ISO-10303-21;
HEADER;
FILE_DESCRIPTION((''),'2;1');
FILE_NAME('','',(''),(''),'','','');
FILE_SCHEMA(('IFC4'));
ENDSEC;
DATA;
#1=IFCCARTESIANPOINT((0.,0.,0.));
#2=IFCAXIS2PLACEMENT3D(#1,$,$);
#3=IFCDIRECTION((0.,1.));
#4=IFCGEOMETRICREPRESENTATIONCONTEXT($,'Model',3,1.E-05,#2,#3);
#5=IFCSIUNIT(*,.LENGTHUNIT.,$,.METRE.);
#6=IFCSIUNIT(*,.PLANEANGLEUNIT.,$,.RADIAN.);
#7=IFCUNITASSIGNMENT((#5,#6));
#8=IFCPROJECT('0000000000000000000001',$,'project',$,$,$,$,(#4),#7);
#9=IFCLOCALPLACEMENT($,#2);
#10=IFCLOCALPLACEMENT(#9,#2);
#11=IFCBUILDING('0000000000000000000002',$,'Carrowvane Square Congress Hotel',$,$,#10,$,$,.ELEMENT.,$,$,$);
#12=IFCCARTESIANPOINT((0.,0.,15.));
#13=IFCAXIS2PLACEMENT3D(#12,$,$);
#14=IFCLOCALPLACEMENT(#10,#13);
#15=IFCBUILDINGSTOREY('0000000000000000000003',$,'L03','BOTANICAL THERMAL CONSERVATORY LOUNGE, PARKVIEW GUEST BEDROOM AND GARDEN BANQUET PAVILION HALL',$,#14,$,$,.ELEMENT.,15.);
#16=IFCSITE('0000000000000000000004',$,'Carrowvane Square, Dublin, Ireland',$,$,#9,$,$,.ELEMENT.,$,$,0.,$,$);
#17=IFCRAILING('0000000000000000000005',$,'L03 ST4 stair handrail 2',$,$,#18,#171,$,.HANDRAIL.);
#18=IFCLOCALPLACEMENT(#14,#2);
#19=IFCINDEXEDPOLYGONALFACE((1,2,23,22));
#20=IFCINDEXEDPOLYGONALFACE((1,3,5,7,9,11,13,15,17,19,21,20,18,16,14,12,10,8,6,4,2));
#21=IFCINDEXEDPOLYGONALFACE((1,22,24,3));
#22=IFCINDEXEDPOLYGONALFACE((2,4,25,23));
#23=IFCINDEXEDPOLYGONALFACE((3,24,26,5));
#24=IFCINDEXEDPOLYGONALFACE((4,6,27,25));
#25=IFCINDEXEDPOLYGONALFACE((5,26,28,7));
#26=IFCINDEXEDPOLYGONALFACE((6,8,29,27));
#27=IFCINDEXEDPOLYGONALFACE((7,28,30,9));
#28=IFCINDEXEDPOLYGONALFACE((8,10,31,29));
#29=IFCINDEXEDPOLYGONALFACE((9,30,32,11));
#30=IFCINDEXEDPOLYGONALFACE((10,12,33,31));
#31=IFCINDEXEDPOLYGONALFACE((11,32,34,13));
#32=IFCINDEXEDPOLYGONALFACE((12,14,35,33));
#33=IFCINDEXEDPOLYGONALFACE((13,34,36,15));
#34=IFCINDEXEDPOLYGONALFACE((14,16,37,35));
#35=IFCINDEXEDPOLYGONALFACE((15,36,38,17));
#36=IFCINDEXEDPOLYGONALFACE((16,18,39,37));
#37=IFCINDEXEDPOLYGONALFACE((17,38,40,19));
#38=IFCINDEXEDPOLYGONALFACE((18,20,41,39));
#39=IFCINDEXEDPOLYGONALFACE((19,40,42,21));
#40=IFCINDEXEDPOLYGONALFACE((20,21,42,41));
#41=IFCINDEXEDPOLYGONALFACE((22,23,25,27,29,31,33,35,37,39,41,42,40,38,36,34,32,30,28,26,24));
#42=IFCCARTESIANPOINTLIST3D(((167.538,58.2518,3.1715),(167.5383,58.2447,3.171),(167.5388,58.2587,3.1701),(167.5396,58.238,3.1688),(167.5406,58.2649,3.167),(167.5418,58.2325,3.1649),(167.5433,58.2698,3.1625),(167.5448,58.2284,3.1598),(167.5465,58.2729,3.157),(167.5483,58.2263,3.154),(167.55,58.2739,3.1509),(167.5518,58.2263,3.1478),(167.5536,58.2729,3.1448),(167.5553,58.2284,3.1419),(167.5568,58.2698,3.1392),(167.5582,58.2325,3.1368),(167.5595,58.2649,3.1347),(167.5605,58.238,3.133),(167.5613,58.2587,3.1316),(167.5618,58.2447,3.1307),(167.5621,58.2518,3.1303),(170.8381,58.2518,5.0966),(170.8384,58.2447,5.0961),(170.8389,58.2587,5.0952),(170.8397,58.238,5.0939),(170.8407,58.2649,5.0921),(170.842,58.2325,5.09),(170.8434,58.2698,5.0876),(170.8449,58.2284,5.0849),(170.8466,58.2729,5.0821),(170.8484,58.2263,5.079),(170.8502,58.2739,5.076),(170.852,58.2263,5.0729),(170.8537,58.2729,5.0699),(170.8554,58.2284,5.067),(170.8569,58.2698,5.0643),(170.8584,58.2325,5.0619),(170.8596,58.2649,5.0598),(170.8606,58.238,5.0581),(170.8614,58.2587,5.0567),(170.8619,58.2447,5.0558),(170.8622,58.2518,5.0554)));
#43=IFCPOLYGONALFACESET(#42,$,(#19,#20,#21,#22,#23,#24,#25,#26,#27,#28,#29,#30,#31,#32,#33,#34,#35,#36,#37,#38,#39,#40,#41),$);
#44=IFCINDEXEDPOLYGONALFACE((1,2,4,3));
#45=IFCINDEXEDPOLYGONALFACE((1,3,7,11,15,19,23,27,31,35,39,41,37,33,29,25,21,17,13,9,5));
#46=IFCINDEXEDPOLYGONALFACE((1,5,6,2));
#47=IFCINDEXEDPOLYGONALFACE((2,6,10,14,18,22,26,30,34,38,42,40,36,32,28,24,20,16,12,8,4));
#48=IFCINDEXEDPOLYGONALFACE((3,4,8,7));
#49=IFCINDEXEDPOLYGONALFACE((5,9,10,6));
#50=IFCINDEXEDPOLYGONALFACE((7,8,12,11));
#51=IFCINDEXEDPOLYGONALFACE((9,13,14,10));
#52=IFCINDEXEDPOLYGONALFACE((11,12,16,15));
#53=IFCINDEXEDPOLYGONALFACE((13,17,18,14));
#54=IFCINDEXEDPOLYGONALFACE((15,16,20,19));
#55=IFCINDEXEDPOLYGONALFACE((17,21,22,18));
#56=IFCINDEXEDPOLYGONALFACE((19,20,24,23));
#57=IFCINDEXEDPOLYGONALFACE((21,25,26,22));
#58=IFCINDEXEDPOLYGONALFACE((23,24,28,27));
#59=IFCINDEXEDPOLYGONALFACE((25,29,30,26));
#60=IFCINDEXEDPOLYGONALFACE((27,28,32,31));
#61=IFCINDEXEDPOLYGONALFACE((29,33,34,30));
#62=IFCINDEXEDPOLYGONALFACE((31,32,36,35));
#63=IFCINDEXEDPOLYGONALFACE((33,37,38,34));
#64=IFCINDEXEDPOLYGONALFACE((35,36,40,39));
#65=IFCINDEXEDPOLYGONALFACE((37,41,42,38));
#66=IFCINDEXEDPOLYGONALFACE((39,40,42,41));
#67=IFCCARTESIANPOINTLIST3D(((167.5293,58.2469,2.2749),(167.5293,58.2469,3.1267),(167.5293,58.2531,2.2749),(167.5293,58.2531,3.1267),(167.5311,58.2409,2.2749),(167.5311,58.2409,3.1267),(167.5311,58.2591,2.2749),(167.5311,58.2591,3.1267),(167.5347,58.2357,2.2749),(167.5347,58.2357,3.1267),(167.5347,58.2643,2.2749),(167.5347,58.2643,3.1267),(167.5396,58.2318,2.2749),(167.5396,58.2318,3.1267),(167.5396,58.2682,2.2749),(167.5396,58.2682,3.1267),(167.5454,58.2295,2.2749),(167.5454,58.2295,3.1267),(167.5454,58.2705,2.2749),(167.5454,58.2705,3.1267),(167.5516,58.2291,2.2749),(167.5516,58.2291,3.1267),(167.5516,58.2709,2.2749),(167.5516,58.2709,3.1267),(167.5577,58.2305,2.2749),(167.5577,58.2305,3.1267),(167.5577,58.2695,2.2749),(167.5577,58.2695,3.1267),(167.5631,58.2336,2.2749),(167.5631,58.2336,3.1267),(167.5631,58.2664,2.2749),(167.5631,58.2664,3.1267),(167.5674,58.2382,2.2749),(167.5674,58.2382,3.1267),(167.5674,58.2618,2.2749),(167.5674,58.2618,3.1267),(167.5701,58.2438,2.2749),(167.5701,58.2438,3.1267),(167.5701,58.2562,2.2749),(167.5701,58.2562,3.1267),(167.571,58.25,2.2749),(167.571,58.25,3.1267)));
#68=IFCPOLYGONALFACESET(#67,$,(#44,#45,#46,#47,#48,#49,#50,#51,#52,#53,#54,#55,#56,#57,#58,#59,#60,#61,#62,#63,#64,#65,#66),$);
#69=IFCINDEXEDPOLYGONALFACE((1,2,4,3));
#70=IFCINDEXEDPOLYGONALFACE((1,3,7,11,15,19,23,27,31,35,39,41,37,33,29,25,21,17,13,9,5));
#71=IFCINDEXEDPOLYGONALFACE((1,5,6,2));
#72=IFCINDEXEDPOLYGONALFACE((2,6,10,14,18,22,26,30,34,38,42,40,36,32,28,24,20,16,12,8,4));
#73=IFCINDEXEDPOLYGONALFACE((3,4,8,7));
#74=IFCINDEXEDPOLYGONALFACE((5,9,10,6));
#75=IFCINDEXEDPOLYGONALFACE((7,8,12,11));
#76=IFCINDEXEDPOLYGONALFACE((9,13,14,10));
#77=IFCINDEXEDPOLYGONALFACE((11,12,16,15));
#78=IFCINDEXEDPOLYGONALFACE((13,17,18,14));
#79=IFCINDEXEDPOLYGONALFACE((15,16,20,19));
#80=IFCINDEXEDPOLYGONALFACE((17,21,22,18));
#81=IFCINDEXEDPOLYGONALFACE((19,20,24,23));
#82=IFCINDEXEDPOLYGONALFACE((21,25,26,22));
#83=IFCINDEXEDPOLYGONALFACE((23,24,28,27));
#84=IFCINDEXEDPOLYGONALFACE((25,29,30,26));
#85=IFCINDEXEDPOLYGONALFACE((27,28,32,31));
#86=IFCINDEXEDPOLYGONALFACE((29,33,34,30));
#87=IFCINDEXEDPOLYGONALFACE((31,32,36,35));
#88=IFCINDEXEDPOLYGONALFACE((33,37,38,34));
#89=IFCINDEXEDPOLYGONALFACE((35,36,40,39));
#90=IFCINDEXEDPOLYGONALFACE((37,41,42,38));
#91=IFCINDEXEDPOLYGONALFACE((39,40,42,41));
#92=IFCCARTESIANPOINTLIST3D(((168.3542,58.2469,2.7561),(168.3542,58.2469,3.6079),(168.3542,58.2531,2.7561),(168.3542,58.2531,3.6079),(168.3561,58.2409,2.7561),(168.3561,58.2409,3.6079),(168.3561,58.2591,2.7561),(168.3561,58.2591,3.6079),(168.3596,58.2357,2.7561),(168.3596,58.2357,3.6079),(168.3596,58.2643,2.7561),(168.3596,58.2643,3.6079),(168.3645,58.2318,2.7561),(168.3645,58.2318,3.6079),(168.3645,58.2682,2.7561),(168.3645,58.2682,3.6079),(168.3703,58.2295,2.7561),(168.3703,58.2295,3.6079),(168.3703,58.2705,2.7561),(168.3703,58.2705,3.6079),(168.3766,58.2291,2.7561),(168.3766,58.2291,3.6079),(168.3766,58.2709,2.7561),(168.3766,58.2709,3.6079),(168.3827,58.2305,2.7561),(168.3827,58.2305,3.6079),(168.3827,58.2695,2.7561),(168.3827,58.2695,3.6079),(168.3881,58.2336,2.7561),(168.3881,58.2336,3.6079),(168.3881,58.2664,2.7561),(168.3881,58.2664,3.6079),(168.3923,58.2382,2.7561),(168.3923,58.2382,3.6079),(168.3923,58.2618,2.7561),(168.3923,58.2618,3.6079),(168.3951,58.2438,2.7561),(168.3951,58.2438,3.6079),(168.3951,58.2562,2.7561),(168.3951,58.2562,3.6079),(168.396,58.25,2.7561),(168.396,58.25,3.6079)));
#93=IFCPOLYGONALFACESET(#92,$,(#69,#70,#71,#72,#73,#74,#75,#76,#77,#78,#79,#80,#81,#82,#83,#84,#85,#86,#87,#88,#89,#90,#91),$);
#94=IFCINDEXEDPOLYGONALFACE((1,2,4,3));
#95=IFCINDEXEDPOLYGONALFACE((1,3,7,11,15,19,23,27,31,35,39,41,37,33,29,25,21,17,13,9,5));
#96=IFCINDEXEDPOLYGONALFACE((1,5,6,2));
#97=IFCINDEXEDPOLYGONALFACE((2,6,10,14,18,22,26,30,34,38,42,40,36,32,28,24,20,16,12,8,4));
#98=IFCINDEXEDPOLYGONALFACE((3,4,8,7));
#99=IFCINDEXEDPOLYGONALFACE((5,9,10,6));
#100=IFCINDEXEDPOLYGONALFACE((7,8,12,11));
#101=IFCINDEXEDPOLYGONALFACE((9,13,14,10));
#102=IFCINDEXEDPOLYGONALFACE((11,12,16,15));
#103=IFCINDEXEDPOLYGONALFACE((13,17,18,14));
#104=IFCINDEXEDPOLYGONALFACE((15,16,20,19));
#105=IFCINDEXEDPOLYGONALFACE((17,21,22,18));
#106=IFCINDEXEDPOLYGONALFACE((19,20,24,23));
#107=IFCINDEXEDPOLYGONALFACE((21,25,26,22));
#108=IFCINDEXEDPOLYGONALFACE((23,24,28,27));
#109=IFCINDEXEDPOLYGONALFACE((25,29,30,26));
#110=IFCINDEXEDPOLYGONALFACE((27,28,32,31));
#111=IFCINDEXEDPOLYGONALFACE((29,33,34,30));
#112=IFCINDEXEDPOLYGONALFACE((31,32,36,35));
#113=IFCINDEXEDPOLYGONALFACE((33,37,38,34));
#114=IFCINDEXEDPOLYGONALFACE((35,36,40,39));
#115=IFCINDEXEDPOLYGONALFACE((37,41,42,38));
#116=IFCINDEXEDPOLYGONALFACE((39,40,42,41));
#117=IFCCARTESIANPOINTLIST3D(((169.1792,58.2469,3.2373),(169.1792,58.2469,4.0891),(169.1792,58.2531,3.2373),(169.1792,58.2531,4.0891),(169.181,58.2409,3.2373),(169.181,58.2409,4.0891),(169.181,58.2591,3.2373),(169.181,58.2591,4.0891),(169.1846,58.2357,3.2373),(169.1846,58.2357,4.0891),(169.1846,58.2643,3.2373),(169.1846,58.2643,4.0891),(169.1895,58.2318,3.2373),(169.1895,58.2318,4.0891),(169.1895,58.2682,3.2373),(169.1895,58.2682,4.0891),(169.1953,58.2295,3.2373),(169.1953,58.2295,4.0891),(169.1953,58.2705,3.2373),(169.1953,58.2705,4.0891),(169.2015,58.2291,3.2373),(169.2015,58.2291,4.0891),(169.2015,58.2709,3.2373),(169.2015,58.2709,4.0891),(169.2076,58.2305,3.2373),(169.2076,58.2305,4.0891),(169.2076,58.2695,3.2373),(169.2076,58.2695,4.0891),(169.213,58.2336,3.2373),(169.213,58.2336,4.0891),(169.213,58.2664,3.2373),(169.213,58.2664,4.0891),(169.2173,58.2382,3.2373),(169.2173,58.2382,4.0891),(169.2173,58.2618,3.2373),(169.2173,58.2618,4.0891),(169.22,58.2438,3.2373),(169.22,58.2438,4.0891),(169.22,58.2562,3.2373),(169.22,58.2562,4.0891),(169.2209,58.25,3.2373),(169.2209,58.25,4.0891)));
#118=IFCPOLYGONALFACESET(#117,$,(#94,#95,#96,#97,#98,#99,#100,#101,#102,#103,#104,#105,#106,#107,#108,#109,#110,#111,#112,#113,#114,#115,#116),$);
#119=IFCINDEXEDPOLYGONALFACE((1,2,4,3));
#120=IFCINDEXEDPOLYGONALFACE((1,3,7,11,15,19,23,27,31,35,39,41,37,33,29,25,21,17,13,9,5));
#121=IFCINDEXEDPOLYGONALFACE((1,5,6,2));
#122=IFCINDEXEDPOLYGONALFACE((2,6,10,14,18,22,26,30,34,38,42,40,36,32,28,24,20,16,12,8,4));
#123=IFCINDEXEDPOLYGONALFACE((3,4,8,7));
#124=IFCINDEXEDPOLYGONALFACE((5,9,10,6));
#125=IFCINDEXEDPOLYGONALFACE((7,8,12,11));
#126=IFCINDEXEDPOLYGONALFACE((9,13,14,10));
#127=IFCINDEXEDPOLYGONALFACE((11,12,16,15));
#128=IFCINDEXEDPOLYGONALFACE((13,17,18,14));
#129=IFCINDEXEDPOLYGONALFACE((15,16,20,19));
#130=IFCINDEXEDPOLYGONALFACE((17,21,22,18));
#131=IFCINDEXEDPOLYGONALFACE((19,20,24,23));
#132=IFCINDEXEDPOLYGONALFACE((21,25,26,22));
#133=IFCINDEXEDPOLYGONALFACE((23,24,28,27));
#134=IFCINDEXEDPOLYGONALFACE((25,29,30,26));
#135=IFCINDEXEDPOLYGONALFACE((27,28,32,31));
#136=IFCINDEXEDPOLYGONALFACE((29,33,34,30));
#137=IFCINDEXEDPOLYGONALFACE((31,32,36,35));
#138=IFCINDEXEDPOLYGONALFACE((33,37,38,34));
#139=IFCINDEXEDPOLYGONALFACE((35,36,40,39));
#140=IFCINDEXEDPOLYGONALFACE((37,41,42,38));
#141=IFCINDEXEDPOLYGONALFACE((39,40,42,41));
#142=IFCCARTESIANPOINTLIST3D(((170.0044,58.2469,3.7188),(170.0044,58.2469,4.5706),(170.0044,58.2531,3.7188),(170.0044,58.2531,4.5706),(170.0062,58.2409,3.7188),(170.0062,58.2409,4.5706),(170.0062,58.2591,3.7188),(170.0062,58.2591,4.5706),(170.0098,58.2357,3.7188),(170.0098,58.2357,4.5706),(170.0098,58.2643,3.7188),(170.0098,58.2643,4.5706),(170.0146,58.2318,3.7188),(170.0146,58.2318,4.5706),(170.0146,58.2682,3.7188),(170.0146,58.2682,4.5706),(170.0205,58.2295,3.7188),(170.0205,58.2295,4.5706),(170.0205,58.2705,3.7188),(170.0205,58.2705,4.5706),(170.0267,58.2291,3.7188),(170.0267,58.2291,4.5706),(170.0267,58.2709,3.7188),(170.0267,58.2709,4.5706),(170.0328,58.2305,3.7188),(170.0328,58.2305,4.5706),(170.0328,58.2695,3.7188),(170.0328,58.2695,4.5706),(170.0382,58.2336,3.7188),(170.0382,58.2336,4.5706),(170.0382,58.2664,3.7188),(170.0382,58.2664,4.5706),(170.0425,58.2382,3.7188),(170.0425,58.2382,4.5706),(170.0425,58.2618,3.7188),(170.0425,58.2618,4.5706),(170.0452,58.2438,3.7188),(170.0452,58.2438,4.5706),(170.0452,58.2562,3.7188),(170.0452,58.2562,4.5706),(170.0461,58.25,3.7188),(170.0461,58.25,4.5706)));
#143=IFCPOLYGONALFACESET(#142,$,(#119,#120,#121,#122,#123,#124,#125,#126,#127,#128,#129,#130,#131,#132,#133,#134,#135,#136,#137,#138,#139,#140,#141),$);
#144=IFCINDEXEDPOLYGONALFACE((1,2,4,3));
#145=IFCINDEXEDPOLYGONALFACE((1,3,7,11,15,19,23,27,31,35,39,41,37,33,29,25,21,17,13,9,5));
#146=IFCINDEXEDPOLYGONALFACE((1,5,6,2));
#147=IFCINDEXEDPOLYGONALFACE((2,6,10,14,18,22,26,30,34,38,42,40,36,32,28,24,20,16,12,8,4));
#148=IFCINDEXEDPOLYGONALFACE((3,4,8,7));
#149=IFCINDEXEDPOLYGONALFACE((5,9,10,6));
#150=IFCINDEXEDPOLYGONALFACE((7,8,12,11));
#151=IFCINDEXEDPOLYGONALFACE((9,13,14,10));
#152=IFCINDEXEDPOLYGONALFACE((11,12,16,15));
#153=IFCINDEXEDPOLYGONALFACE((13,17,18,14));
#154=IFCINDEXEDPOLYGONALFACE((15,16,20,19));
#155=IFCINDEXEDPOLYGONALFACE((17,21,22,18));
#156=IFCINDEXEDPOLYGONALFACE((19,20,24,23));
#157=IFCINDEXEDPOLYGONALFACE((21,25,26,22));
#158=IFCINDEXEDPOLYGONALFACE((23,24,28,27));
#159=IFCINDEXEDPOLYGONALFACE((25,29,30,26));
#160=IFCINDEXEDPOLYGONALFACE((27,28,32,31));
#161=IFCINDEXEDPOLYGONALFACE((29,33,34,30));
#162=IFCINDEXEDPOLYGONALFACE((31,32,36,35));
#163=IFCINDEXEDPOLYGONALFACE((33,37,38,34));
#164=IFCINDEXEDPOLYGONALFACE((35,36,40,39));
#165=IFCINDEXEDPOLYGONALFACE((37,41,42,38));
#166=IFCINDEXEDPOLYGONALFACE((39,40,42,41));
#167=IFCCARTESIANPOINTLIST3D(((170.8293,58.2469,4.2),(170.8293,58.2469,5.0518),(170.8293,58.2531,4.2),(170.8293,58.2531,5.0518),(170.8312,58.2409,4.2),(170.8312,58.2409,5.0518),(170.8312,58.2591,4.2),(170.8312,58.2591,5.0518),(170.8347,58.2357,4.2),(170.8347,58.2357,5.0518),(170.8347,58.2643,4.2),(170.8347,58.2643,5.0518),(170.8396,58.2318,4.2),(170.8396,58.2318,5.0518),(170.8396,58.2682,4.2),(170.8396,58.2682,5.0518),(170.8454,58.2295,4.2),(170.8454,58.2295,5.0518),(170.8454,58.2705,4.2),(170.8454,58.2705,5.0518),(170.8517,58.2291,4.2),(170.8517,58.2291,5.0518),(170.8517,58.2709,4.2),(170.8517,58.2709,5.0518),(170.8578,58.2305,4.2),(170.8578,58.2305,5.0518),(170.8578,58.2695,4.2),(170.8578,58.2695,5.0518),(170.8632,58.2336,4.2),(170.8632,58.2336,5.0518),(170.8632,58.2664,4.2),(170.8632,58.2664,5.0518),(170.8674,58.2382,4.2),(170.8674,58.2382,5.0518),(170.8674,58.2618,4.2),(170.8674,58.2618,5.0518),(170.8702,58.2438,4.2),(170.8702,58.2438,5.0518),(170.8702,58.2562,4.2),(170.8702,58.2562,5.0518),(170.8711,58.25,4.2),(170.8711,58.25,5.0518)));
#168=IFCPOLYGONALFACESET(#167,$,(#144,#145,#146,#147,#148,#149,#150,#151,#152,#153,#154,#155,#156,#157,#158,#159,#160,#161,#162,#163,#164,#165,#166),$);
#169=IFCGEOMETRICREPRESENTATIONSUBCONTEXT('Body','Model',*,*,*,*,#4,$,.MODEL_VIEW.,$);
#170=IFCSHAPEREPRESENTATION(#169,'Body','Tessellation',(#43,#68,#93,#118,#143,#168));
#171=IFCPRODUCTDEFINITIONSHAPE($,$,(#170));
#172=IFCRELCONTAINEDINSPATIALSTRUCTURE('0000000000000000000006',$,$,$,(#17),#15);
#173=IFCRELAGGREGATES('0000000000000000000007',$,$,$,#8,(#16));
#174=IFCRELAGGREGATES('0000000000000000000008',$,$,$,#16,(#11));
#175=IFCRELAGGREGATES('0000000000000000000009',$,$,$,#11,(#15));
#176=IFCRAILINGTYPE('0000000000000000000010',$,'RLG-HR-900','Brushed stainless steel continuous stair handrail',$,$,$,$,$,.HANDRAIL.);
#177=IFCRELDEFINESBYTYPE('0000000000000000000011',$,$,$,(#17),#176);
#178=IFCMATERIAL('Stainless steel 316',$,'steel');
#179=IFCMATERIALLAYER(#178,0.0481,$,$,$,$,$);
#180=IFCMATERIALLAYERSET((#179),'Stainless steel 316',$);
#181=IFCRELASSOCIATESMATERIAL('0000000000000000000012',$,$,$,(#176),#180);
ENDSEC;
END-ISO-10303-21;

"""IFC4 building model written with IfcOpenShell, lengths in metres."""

from ifc_helpers import new_model, si_unit, direction, frame, origin, origin_2d, place, context, subcontext, project, spatial, circle, extrude, material, layer, layer_set, type_object, element, save


model = new_model("IFC4")

# Units and contexts
model_context = context("Model", 3, precision=1e-05, world=origin(), true_north=direction((0.0, 1.0)))
body_context = subcontext(model_context, "Body", "Model", "MODEL_VIEW")
ifc_project = project(units=[si_unit("LENGTHUNIT", "METRE"), si_unit("PLANEANGLEUNIT", "RADIAN")], contexts=[model_context])

# Site, building, storey
site_placement = place(None, origin())
site = spatial("IfcSite", under=ifc_project, at=site_placement, Name="Carrowvane Square, Dublin, Ireland", CompositionType="ELEMENT", RefElevation=0.0)
building_placement = place(site_placement, origin())
building = spatial("IfcBuilding", under=site, at=building_placement, Name="Carrowvane Square Congress Hotel", CompositionType="ELEMENT")
storey_placement = place(building_placement, frame((0.0, 0.0, 15.0)))
storey = spatial("IfcBuildingStorey", under=building, at=storey_placement, Name="L03", Description="BOTANICAL THERMAL CONSERVATORY LOUNGE, PARKVIEW GUEST BEDROOM AND GARDEN BANQUET PAVILION HALL", CompositionType="ELEMENT", Elevation=15.0)

# Railing
ifc_material_1 = material(Name="Stainless steel 316", Category="steel")
ifc_layer_1 = layer(ifc_material_1, 0.0481)
ifc_layer_set_1 = layer_set([ifc_layer_1], Name="Stainless steel 316")
railing_type_1 = type_object("IfcRailingType", Name="RLG-HR-900", Description="Brushed stainless steel continuous stair handrail", PredefinedType="HANDRAIL", material=ifc_layer_set_1)
railing_1_placement = place(storey_placement, frame((167.55, 58.25, 2.2749)))
element("IfcRailing", 1, at=railing_1_placement, inside=storey, type_object=railing_type_1, Name="L03 ST4 stair handrail 2", PredefinedType="HANDRAIL", context=body_context, shape_type="SweptSolid", body=[
    extrude(circle(Radius=0.0239, at=origin_2d()), frame((0.0, 0.0, 0.876), z_axis=(0.863777, 0.0, 0.503875), x_axis=(0.0, 1.0, 0.0)), (0.0, 0.0, 1.0), 3.8206),
    extrude(circle(Radius=0.021, at=origin_2d()), origin(), (0.0, 0.0, 1.0), 0.8518),
    extrude(circle(Radius=0.021, at=origin_2d()), frame((0.825, 0.0, 0.4812)), (0.0, 0.0, 1.0), 0.8518),
    extrude(circle(Radius=0.021, at=origin_2d()), frame((1.6499, 0.0, 0.9624)), (0.0, 0.0, 1.0), 0.8518),
    extrude(circle(Radius=0.021, at=origin_2d()), frame((2.4751, 0.0, 1.4438)), (0.0, 0.0, 1.0), 0.8518),
    extrude(circle(Radius=0.021, at=origin_2d()), frame((3.3, 0.0, 1.925)), (0.0, 0.0, 1.0), 0.8518),
])

save(model, "model.ifc")
